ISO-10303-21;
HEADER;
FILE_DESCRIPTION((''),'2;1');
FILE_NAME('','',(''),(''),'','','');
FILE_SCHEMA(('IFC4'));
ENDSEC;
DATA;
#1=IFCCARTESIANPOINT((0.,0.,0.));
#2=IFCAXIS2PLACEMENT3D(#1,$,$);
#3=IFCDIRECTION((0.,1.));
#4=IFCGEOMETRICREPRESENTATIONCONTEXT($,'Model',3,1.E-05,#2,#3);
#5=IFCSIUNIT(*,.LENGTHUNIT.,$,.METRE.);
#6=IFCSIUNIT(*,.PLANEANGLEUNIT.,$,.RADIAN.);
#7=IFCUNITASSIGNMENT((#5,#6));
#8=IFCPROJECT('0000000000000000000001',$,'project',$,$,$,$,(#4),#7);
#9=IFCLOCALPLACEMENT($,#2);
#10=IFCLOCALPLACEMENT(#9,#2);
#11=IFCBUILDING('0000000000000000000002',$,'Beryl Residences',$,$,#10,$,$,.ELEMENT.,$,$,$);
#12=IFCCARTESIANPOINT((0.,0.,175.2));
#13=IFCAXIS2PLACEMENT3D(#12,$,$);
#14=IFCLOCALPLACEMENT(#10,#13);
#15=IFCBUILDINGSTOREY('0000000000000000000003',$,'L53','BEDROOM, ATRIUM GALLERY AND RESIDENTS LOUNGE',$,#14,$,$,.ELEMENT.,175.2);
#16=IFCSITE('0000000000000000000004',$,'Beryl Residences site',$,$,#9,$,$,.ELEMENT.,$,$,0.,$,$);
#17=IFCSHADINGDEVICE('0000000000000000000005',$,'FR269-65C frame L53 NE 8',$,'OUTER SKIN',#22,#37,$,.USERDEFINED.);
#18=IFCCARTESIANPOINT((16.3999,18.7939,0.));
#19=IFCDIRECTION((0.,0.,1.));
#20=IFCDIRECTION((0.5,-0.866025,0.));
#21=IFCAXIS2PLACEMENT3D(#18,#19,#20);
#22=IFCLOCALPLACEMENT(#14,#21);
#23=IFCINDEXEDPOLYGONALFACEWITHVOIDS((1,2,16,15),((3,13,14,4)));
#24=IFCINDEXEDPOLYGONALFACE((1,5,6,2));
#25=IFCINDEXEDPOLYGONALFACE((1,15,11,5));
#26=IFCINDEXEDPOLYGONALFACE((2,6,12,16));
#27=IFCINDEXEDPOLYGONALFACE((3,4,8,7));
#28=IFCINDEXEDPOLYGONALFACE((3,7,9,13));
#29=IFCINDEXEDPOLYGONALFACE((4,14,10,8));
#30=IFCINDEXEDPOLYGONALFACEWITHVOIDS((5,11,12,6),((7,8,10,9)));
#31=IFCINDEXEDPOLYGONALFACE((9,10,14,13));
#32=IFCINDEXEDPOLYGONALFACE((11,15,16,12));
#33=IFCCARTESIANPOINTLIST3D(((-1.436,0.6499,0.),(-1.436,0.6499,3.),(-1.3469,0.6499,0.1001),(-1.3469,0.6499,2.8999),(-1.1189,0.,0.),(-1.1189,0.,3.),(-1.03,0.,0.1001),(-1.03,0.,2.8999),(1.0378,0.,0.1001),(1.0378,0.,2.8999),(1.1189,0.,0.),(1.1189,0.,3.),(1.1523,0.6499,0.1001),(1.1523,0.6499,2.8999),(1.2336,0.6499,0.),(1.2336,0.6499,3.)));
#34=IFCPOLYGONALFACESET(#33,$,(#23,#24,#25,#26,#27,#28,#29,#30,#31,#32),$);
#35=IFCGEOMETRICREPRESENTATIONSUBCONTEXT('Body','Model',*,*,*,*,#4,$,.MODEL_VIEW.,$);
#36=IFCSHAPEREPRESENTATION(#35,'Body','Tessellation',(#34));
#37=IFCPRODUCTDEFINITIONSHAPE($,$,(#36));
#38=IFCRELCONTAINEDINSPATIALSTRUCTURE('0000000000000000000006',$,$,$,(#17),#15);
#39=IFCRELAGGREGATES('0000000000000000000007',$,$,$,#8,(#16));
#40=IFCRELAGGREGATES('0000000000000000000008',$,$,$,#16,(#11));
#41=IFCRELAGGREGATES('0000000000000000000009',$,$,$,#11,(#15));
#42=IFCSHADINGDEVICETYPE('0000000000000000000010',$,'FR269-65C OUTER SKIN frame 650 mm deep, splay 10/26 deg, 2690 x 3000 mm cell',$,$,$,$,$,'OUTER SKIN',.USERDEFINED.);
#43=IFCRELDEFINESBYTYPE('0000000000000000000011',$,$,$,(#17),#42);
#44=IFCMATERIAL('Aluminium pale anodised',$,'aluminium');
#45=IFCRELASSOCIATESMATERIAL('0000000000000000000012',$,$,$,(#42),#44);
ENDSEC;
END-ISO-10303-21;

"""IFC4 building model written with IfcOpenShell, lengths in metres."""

from ifc_helpers import new_model, entity, si_unit, direction, frame, origin, place, context, subcontext, project, spatial, source, transform, mapped, material, type_object, type_shapes, element, save


model = new_model("IFC4")

# Units and contexts
model_context = context("Model", 3, precision=1e-05, world=origin(), true_north=direction((0.0, 1.0)))
body_context = subcontext(model_context, "Body", "Model", "MODEL_VIEW")
ifc_project = project(units=[si_unit("LENGTHUNIT", "METRE"), si_unit("PLANEANGLEUNIT", "RADIAN")], contexts=[model_context])

# Site, building, storey
site_placement = place(None, origin())
site = spatial("IfcSite", under=ifc_project, at=site_placement, Name="Beryl Residences site", CompositionType="ELEMENT", RefElevation=0.0)
building_placement = place(site_placement, origin())
building = spatial("IfcBuilding", under=site, at=building_placement, Name="Beryl Residences", CompositionType="ELEMENT")
storey_placement = place(building_placement, frame((0.0, 0.0, 175.2)))
storey = spatial("IfcBuildingStorey", under=building, at=storey_placement, Name="L53", Description="BEDROOM, ATRIUM GALLERY AND RESIDENTS LOUNGE", CompositionType="ELEMENT", Elevation=175.2)

# Shading device
ifc_material_1 = material(Name="Aluminium pale anodised", Category="aluminium")
shading_device_type_1 = type_object("IfcShadingDeviceType", Name="FR269-65C OUTER SKIN frame 650 mm deep, splay 10/26 deg, 2690 x 3000 mm cell", ElementType="OUTER SKIN", PredefinedType="USERDEFINED", material=ifc_material_1)
cartesian_point_1 = entity("IfcCartesianPoint", [-1.1189, 0.0])
cartesian_point_2 = entity("IfcCartesianPoint", [-1.0378, 0.1001])
cartesian_point_3 = entity("IfcCartesianPoint", [-1.2336, 0.0])
cartesian_point_4 = entity("IfcCartesianPoint", [-1.1523, 0.1001])
shared_shape_1 = source(origin(), body_context, "Body", "SweptSolid", [
    entity("IfcExtrudedAreaSolidTapered", entity("IfcArbitraryProfileDefWithVoids", "AREA", None, entity("IfcPolyline", [cartesian_point_1, entity("IfcCartesianPoint", [1.1189, 0.0]), entity("IfcCartesianPoint", [1.1189, 3.0]), entity("IfcCartesianPoint", [-1.1189, 3.0]), cartesian_point_1]), [entity("IfcPolyline", [cartesian_point_2, entity("IfcCartesianPoint", [1.03, 0.1001]), entity("IfcCartesianPoint", [1.03, 2.8999]), entity("IfcCartesianPoint", [-1.0378, 2.8999]), cartesian_point_2])]), entity("IfcAxis2Placement3D", entity("IfcCartesianPoint", [0.0, 0.0, 0.0]), entity("IfcDirection", [0.0, 1.0, 0.0]), entity("IfcDirection", [-1.0, 0.0, 0.0])), entity("IfcDirection", [0.0, 0.0, 1.0]), 0.6499, entity("IfcArbitraryProfileDefWithVoids", "AREA", None, entity("IfcPolyline", [cartesian_point_3, entity("IfcCartesianPoint", [1.436, 0.0]), entity("IfcCartesianPoint", [1.436, 3.0]), entity("IfcCartesianPoint", [-1.2336, 3.0]), cartesian_point_3]), [entity("IfcPolyline", [cartesian_point_4, entity("IfcCartesianPoint", [1.3469, 0.1001]), entity("IfcCartesianPoint", [1.3469, 2.8999]), entity("IfcCartesianPoint", [-1.1523, 2.8999]), cartesian_point_4])])),
])
type_shapes(shading_device_type_1, [shared_shape_1])
for number, where, z_axis, x_axis, name in (
    (1, (16.3999, 18.7939, 0.0), (0.0, 0.0, 1.0), (0.5, -0.866025, 0.0), "FR269-65C frame L53 NE 8"),
):
    element("IfcShadingDevice", number, at=place(storey_placement, frame(where, z_axis=z_axis, x_axis=x_axis)), inside=storey, type_object=shading_device_type_1, Name=name, ObjectType="OUTER SKIN", PredefinedType="USERDEFINED", context=body_context, shape_type="MappedRepresentation", body=[
        mapped(shared_shape_1, transform((0.0, 0.0, 0.0))),
    ])

save(model, "model.ifc")
